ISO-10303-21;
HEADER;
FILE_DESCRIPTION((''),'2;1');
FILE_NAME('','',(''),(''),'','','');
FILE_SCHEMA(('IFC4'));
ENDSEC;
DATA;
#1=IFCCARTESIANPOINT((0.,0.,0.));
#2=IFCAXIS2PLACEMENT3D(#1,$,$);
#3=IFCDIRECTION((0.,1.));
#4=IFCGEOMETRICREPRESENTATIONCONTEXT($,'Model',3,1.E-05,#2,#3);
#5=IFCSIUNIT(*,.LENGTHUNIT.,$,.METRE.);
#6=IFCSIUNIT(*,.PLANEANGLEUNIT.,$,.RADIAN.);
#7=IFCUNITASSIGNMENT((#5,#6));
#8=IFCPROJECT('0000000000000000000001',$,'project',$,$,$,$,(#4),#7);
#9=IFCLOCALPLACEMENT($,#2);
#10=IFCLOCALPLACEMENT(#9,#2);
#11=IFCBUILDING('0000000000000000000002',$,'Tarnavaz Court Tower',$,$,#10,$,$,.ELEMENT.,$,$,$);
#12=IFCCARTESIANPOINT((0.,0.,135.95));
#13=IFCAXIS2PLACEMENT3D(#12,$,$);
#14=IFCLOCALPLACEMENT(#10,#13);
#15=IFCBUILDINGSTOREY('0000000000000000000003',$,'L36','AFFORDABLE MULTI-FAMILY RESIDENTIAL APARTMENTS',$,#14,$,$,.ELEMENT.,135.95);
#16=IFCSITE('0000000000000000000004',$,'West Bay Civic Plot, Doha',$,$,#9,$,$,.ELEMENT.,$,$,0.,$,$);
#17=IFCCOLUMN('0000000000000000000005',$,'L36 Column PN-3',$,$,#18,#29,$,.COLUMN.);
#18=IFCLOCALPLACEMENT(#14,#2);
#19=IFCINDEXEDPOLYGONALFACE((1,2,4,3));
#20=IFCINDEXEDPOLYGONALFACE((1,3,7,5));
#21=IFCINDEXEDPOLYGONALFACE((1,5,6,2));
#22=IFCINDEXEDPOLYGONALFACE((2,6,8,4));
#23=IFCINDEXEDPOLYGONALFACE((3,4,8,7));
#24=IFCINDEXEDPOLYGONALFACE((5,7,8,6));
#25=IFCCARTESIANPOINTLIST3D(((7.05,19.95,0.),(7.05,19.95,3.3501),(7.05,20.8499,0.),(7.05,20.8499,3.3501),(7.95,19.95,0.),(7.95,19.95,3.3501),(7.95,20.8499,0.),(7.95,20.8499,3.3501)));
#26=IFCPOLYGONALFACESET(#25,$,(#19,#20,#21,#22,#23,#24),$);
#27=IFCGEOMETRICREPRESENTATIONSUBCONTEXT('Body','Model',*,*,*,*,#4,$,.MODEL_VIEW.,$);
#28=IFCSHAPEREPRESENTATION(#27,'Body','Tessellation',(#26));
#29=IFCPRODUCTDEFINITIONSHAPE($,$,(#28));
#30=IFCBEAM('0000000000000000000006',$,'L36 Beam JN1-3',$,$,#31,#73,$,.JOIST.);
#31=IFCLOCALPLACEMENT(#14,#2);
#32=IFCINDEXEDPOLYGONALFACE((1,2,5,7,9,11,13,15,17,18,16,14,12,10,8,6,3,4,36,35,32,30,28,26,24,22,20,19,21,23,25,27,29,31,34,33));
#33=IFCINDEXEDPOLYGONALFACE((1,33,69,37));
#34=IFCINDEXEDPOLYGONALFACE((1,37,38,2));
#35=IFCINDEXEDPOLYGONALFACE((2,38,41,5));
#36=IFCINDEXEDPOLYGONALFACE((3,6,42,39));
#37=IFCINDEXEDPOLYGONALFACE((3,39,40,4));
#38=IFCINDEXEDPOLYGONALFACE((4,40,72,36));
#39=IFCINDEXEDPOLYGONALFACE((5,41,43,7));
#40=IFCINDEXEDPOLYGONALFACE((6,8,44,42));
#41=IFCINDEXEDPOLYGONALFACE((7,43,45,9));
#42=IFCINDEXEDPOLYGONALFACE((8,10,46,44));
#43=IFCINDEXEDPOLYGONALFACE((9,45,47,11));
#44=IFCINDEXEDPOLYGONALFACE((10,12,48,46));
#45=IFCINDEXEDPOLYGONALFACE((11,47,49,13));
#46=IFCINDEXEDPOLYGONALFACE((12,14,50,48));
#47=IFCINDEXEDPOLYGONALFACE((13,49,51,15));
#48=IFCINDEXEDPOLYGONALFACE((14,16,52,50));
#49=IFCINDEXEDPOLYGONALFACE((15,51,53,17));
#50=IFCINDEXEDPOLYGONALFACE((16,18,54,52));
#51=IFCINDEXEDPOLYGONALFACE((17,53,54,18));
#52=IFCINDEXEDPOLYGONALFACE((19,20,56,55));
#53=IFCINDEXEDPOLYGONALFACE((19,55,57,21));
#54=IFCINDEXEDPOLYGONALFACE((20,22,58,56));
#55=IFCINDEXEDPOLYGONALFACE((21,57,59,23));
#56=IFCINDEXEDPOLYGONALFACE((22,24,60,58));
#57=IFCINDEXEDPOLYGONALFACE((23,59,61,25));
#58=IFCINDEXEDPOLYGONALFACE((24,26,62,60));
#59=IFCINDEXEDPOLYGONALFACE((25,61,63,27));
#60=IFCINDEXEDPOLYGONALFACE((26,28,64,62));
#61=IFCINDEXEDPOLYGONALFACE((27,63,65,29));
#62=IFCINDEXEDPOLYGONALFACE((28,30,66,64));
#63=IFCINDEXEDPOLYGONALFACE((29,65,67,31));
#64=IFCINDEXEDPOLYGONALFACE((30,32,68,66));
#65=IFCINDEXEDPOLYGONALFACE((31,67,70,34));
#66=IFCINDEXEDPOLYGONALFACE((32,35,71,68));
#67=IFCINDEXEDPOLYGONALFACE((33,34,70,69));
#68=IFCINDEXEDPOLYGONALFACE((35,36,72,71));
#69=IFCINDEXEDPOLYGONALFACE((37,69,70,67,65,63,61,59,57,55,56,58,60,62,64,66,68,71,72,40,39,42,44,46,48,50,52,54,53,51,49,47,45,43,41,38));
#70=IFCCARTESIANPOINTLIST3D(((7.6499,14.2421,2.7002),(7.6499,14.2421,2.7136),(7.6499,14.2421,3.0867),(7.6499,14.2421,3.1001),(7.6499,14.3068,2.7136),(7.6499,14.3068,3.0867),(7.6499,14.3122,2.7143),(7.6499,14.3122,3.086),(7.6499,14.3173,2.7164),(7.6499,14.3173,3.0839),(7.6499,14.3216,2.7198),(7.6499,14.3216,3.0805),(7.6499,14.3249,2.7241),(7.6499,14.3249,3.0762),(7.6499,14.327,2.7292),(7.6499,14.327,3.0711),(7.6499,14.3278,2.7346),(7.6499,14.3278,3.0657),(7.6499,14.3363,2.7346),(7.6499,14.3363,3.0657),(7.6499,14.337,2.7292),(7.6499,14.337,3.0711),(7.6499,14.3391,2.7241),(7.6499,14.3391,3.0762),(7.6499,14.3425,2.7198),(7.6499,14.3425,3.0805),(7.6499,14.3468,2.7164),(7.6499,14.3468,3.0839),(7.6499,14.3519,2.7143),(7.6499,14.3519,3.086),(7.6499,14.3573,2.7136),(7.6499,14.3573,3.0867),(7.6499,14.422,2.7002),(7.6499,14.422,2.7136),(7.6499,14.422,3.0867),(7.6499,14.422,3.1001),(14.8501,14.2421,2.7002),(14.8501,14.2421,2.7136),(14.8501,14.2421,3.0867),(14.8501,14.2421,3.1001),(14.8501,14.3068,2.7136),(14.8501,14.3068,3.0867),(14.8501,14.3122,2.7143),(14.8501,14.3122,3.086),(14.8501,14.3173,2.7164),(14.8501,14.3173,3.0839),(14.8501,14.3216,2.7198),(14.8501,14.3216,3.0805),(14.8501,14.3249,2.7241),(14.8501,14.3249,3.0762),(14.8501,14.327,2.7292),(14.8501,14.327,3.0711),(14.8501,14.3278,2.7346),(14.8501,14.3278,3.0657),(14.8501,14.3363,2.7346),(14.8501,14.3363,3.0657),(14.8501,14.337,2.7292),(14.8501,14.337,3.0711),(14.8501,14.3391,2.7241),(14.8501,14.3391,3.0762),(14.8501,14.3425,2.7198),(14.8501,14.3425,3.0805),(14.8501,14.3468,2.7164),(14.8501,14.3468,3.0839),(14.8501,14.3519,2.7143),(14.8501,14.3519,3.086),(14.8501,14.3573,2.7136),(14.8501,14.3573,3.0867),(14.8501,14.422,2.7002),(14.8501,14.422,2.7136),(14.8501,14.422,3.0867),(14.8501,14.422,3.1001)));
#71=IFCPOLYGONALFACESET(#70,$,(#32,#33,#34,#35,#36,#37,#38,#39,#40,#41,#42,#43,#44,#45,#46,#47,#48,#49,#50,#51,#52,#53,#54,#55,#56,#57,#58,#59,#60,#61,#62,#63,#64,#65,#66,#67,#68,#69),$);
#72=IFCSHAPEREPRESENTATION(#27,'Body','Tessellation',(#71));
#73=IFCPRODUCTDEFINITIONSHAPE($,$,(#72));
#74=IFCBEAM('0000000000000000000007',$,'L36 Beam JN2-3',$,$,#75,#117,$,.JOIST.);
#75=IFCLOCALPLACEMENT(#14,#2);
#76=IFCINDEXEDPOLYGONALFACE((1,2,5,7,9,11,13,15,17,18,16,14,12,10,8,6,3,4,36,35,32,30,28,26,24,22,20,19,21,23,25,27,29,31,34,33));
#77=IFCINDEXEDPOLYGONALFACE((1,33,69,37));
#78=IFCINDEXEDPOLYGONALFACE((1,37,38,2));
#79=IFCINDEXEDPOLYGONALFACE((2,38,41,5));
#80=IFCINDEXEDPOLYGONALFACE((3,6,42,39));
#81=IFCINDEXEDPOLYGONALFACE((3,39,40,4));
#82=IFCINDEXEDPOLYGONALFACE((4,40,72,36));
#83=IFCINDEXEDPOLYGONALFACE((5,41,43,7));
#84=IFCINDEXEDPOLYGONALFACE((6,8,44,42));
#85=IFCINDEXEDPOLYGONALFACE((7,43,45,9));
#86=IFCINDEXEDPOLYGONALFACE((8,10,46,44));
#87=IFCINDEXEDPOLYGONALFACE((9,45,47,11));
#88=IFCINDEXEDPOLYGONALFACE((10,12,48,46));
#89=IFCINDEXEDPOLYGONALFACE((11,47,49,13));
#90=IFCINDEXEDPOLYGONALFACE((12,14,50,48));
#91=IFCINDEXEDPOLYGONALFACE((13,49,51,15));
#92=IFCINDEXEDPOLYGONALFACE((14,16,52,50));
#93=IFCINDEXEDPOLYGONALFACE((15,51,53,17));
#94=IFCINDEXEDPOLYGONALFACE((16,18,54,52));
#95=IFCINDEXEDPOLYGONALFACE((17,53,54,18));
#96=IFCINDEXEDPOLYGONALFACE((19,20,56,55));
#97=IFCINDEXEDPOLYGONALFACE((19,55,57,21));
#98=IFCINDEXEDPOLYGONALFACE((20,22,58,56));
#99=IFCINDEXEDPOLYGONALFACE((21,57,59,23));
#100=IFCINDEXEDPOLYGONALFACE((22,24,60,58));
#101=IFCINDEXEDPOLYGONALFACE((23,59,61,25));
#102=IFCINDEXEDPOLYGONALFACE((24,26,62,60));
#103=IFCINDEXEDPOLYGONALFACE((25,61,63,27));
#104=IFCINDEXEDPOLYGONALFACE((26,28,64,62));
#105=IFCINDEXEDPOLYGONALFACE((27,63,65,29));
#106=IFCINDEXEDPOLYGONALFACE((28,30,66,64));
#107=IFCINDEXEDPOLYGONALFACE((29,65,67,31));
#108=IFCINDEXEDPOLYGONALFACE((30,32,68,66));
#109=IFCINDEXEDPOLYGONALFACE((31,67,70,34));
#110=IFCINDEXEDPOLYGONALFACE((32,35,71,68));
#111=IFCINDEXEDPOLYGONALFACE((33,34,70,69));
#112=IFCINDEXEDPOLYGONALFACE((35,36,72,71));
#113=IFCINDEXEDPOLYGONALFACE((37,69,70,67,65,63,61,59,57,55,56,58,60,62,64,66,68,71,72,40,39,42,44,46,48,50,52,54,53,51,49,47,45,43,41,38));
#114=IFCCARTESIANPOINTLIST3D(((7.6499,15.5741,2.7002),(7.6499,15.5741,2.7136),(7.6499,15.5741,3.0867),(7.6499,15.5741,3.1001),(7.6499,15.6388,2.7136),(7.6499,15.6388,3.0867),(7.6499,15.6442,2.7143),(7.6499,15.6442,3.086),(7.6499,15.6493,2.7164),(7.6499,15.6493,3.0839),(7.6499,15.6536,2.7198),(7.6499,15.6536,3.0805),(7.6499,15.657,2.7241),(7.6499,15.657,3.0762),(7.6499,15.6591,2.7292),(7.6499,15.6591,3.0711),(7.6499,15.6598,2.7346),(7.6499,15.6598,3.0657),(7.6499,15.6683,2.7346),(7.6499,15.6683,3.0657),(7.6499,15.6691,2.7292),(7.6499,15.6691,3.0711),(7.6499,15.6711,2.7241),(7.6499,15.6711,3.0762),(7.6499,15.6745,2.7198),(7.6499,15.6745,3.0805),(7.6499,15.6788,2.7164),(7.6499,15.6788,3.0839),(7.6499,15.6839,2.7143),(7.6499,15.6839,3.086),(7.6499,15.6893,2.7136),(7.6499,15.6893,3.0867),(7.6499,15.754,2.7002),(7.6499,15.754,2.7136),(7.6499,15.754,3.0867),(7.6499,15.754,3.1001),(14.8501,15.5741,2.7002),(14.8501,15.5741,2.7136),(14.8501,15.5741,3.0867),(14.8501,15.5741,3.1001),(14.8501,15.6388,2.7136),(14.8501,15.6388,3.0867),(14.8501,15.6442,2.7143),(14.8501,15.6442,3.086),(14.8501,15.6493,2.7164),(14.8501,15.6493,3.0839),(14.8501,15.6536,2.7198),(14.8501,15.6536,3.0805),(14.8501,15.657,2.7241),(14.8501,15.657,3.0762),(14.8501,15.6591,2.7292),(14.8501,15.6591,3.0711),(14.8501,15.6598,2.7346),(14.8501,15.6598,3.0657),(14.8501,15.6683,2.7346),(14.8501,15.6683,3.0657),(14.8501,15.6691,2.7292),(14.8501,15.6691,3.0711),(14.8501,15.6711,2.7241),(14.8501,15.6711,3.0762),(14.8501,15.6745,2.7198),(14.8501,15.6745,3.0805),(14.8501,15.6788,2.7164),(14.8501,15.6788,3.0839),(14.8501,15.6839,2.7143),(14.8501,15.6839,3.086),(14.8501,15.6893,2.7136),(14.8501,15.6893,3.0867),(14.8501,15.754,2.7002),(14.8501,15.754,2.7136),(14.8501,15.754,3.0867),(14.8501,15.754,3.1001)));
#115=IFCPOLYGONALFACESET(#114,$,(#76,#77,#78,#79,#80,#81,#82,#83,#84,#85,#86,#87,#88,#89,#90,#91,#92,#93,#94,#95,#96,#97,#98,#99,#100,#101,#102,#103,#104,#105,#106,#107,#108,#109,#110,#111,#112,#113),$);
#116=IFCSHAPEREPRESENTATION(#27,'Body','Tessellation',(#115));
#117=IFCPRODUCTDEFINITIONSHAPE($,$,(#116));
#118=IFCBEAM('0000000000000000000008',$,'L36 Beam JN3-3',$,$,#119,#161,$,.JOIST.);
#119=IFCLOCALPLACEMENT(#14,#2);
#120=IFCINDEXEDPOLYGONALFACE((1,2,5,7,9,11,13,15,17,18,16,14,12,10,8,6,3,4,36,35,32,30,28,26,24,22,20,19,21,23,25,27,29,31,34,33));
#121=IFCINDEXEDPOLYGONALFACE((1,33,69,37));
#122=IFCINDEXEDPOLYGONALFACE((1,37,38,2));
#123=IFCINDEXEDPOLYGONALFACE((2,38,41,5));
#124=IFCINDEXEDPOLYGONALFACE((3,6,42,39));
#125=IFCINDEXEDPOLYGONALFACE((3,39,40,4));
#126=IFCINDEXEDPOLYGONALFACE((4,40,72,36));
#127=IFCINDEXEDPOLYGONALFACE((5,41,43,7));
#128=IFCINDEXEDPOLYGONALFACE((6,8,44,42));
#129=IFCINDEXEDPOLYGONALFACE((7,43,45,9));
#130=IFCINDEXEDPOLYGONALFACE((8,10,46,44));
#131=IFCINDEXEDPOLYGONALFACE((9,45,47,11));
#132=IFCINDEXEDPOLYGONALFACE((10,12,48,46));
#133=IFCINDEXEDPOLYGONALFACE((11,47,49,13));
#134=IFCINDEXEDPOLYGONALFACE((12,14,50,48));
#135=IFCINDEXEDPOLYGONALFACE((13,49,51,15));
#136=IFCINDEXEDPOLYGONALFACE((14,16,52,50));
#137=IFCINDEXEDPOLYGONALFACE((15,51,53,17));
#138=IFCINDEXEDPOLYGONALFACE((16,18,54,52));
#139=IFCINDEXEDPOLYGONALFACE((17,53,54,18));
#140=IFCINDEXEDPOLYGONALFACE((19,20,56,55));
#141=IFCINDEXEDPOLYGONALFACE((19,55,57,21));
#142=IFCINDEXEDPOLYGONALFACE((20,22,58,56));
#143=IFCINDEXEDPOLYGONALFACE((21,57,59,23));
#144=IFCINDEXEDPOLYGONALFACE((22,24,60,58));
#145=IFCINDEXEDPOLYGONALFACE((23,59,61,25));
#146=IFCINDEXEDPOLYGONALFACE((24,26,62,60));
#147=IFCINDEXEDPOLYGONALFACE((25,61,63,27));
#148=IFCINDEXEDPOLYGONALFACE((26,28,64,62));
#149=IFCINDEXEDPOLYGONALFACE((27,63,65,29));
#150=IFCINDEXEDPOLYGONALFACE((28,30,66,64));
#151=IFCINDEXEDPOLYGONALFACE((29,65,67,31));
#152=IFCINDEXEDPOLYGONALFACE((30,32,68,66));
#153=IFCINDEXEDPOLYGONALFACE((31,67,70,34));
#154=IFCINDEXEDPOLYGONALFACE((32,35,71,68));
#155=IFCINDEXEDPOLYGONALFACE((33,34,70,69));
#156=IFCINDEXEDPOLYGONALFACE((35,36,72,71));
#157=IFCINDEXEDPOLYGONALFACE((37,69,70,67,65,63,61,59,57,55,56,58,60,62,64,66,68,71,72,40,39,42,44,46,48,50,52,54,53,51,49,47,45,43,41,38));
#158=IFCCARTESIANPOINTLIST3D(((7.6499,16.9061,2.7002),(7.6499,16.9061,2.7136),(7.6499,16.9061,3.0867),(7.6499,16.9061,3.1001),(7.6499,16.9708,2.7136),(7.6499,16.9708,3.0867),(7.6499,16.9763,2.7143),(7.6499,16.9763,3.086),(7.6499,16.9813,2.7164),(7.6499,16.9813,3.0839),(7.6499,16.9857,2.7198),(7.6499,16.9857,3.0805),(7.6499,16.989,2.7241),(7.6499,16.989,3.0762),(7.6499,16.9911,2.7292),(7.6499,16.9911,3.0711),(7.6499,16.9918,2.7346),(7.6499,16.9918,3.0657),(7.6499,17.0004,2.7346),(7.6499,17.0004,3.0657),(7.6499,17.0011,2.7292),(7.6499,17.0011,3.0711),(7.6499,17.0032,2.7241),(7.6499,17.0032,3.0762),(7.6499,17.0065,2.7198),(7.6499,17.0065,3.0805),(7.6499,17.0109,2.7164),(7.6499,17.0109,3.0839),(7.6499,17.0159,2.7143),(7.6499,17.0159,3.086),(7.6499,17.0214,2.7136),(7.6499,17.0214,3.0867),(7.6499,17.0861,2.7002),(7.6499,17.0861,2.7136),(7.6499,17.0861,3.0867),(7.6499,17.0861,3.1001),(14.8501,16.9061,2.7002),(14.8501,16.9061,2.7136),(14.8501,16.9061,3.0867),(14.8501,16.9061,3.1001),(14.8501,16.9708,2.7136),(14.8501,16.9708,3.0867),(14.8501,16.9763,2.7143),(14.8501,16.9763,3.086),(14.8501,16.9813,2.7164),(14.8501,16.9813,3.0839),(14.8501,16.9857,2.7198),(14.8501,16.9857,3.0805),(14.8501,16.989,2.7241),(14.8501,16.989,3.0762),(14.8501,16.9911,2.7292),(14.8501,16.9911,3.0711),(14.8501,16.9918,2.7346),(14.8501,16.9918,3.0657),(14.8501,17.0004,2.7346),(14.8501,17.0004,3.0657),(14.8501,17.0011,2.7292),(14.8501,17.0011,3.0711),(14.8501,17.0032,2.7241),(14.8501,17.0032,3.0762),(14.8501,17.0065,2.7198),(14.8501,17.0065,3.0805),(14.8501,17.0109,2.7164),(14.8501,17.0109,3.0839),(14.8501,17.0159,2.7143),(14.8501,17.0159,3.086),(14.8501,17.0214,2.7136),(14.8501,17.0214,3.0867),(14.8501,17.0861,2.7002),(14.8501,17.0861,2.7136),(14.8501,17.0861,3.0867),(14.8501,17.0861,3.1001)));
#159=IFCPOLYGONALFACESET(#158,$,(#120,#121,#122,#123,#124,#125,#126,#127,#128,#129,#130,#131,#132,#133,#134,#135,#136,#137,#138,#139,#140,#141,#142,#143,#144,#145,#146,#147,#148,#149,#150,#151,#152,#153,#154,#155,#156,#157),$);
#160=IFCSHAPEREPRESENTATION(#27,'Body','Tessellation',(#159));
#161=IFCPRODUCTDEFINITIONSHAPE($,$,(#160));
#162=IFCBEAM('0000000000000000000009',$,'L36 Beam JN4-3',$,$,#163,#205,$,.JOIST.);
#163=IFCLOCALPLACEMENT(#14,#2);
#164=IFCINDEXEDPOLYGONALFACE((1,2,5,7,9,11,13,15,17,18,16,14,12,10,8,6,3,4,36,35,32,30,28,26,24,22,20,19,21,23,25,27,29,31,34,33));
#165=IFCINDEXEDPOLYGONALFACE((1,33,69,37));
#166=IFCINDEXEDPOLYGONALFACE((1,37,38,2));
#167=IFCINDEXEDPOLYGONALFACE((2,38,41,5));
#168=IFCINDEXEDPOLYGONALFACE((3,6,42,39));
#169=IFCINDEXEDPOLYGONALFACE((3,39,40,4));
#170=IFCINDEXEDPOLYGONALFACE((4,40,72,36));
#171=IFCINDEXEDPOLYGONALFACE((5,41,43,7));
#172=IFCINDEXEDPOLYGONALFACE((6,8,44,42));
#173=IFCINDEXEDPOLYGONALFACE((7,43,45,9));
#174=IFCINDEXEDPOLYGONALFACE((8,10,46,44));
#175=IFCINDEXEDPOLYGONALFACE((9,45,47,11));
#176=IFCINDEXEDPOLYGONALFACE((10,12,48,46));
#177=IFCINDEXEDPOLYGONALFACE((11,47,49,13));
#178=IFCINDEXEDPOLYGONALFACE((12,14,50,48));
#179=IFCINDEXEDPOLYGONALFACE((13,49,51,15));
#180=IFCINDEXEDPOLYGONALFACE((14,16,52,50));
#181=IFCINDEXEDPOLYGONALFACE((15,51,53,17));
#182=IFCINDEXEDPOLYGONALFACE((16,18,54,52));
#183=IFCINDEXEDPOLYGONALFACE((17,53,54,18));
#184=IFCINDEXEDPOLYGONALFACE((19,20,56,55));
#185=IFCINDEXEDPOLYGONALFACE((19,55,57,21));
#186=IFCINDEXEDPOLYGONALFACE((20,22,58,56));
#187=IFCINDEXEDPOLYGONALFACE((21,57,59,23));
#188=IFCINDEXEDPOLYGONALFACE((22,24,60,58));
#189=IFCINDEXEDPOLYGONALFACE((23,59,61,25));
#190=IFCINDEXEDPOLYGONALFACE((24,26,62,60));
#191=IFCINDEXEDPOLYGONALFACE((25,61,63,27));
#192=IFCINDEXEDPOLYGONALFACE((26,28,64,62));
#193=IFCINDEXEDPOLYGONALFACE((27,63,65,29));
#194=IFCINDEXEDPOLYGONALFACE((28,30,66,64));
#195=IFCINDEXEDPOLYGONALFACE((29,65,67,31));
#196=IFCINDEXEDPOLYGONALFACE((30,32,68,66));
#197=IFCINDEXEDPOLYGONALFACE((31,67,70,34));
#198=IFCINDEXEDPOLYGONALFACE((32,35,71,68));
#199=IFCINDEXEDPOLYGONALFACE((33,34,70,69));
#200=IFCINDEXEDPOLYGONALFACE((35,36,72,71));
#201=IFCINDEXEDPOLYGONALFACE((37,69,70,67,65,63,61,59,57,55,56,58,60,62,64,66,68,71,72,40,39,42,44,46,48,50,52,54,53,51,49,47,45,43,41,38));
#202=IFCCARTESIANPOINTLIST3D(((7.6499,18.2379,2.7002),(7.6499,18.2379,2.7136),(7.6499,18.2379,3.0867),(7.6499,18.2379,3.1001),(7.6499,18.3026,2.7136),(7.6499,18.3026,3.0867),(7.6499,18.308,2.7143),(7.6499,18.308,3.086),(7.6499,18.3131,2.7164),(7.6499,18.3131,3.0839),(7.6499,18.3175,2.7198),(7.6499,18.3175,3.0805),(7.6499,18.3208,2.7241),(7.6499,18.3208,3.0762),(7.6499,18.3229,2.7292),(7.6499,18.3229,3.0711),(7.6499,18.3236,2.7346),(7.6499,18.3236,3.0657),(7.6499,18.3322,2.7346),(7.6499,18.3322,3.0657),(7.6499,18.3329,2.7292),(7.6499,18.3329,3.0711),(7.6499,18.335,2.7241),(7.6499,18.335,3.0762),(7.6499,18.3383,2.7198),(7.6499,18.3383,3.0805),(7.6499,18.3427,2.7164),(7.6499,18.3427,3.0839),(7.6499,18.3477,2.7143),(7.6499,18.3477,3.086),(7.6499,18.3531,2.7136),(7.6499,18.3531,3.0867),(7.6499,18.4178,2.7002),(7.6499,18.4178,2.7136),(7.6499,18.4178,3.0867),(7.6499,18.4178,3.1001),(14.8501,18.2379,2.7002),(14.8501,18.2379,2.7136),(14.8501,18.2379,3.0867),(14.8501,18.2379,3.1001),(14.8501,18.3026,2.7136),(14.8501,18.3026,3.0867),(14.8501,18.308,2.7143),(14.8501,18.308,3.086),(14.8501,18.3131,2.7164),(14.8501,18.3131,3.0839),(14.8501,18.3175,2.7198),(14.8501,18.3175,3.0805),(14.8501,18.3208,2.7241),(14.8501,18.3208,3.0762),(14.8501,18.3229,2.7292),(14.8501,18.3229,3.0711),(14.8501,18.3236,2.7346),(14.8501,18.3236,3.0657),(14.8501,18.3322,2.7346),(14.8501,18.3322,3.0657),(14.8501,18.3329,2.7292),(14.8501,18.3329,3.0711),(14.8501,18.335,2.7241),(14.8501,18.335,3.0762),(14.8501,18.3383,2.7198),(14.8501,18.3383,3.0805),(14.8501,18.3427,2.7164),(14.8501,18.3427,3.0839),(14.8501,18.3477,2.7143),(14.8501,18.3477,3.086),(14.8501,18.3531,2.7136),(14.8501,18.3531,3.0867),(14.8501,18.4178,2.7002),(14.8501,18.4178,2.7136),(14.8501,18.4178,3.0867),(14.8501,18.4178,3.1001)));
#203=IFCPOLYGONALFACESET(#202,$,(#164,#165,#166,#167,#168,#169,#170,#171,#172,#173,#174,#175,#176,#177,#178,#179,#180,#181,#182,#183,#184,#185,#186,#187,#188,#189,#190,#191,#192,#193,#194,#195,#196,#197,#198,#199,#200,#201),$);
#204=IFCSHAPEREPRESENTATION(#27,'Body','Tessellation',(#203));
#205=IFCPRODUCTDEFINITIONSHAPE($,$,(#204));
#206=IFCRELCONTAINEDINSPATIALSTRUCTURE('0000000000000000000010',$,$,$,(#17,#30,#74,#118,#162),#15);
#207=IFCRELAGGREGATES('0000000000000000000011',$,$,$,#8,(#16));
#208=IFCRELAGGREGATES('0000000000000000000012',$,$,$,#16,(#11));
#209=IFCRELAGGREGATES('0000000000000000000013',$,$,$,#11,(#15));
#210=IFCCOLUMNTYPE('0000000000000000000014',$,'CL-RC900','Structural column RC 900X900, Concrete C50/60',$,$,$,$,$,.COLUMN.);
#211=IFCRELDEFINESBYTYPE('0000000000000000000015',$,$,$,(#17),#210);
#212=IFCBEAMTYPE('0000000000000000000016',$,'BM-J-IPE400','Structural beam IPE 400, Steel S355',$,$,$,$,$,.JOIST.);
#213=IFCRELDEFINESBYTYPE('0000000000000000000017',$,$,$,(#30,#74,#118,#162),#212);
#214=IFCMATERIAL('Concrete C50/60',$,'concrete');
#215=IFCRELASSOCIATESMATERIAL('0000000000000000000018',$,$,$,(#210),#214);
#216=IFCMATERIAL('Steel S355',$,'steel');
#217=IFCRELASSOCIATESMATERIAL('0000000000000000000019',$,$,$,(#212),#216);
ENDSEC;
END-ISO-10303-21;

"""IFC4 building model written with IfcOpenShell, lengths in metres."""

from ifc_helpers import new_model, si_unit, direction, frame, origin, origin_2d, place, context, subcontext, project, spatial, rectangle, i_section, extrude, material, material_profile, profile_set, type_object, element, save


model = new_model("IFC4")

# Units and contexts
model_context = context("Model", 3, precision=1e-05, world=origin(), true_north=direction((0.0, 1.0)))
body_context = subcontext(model_context, "Body", "Model", "MODEL_VIEW")
ifc_project = project(units=[si_unit("LENGTHUNIT", "METRE"), si_unit("PLANEANGLEUNIT", "RADIAN")], contexts=[model_context])

# Site, building, storey
site_placement = place(None, origin())
site = spatial("IfcSite", under=ifc_project, at=site_placement, Name="West Bay Civic Plot, Doha", CompositionType="ELEMENT", RefElevation=0.0)
building_placement = place(site_placement, origin())
building = spatial("IfcBuilding", under=site, at=building_placement, Name="Tarnavaz Court Tower", CompositionType="ELEMENT")
storey_placement = place(building_placement, frame((0.0, 0.0, 135.95)))
storey = spatial("IfcBuildingStorey", under=building, at=storey_placement, Name="L36", Description="AFFORDABLE MULTI-FAMILY RESIDENTIAL APARTMENTS", CompositionType="ELEMENT", Elevation=135.95)

# Column
ifc_material_1 = material(Name="Concrete C50/60", Category="concrete")
ifc_material_profile_1 = material_profile(ifc_material_1, rectangle(XDim=0.8999, YDim=0.8999, at=origin_2d()), Name="RC 900X900")
ifc_profile_set_1 = profile_set([ifc_material_profile_1], Name="Concrete C50/60")
column_type = type_object("IfcColumnType", Name="CL-RC900", Description="Structural column RC 900X900, Concrete C50/60", PredefinedType="COLUMN", material=ifc_profile_set_1)
column_placement = place(storey_placement, frame((7.5, 20.3999, 0.0), z_axis=(0.0, 0.0, 1.0), x_axis=(1.0, 0.0, 0.0)))
element("IfcColumn", 1, at=column_placement, inside=storey, type_object=column_type, Name="L36 Column PN-3", PredefinedType="COLUMN", context=body_context, shape_type="SweptSolid", body=[
    extrude(rectangle(XDim=0.8999, YDim=0.8999, at=origin_2d()), origin(), (0.0, 0.0, 1.0), 3.3501),
])

# Beams
ifc_material_2 = material(Name="Steel S355", Category="steel")
ifc_material_profile_2 = material_profile(ifc_material_2, i_section(OverallWidth=0.1799, OverallDepth=0.3999, WebThickness=0.0085, FlangeThickness=0.0134, FilletRadius=0.021, at=origin_2d()), Name="IPE 400")
ifc_profile_set_2 = profile_set([ifc_material_profile_2], Name="Steel S355")
beam_type_1 = type_object("IfcBeamType", Name="BM-J-IPE400", Description="Structural beam IPE 400, Steel S355", PredefinedType="JOIST", material=ifc_profile_set_2)
for number, where, z_axis, x_axis, name in (
    (2, (7.6499, 14.332, 2.9001), (1.0, 0.0, 0.0), (0.0, 1.0, 0.0), "L36 Beam JN1-3"),
    (3, (7.6499, 15.6641, 2.9001), (1.0, 0.0, 0.0), (0.0, 1.0, 0.0), "L36 Beam JN2-3"),
    (4, (7.6499, 16.9961, 2.9001), (1.0, 0.0, 0.0), (0.0, 1.0, 0.0), "L36 Beam JN3-3"),
    (5, (7.6499, 18.3279, 2.9001), (1.0, 0.0, 0.0), (0.0, 1.0, 0.0), "L36 Beam JN4-3"),
):
    element("IfcBeam", number, at=place(storey_placement, frame(where, z_axis=z_axis, x_axis=x_axis)), inside=storey, type_object=beam_type_1, Name=name, PredefinedType="JOIST", context=body_context, shape_type="SweptSolid", body=[
        extrude(i_section(OverallWidth=0.1799, OverallDepth=0.3999, WebThickness=0.0085, FlangeThickness=0.0134, FilletRadius=0.021, at=origin_2d()), origin(), (0.0, 0.0, 1.0), 7.2002),
    ])

save(model, "model.ifc")
